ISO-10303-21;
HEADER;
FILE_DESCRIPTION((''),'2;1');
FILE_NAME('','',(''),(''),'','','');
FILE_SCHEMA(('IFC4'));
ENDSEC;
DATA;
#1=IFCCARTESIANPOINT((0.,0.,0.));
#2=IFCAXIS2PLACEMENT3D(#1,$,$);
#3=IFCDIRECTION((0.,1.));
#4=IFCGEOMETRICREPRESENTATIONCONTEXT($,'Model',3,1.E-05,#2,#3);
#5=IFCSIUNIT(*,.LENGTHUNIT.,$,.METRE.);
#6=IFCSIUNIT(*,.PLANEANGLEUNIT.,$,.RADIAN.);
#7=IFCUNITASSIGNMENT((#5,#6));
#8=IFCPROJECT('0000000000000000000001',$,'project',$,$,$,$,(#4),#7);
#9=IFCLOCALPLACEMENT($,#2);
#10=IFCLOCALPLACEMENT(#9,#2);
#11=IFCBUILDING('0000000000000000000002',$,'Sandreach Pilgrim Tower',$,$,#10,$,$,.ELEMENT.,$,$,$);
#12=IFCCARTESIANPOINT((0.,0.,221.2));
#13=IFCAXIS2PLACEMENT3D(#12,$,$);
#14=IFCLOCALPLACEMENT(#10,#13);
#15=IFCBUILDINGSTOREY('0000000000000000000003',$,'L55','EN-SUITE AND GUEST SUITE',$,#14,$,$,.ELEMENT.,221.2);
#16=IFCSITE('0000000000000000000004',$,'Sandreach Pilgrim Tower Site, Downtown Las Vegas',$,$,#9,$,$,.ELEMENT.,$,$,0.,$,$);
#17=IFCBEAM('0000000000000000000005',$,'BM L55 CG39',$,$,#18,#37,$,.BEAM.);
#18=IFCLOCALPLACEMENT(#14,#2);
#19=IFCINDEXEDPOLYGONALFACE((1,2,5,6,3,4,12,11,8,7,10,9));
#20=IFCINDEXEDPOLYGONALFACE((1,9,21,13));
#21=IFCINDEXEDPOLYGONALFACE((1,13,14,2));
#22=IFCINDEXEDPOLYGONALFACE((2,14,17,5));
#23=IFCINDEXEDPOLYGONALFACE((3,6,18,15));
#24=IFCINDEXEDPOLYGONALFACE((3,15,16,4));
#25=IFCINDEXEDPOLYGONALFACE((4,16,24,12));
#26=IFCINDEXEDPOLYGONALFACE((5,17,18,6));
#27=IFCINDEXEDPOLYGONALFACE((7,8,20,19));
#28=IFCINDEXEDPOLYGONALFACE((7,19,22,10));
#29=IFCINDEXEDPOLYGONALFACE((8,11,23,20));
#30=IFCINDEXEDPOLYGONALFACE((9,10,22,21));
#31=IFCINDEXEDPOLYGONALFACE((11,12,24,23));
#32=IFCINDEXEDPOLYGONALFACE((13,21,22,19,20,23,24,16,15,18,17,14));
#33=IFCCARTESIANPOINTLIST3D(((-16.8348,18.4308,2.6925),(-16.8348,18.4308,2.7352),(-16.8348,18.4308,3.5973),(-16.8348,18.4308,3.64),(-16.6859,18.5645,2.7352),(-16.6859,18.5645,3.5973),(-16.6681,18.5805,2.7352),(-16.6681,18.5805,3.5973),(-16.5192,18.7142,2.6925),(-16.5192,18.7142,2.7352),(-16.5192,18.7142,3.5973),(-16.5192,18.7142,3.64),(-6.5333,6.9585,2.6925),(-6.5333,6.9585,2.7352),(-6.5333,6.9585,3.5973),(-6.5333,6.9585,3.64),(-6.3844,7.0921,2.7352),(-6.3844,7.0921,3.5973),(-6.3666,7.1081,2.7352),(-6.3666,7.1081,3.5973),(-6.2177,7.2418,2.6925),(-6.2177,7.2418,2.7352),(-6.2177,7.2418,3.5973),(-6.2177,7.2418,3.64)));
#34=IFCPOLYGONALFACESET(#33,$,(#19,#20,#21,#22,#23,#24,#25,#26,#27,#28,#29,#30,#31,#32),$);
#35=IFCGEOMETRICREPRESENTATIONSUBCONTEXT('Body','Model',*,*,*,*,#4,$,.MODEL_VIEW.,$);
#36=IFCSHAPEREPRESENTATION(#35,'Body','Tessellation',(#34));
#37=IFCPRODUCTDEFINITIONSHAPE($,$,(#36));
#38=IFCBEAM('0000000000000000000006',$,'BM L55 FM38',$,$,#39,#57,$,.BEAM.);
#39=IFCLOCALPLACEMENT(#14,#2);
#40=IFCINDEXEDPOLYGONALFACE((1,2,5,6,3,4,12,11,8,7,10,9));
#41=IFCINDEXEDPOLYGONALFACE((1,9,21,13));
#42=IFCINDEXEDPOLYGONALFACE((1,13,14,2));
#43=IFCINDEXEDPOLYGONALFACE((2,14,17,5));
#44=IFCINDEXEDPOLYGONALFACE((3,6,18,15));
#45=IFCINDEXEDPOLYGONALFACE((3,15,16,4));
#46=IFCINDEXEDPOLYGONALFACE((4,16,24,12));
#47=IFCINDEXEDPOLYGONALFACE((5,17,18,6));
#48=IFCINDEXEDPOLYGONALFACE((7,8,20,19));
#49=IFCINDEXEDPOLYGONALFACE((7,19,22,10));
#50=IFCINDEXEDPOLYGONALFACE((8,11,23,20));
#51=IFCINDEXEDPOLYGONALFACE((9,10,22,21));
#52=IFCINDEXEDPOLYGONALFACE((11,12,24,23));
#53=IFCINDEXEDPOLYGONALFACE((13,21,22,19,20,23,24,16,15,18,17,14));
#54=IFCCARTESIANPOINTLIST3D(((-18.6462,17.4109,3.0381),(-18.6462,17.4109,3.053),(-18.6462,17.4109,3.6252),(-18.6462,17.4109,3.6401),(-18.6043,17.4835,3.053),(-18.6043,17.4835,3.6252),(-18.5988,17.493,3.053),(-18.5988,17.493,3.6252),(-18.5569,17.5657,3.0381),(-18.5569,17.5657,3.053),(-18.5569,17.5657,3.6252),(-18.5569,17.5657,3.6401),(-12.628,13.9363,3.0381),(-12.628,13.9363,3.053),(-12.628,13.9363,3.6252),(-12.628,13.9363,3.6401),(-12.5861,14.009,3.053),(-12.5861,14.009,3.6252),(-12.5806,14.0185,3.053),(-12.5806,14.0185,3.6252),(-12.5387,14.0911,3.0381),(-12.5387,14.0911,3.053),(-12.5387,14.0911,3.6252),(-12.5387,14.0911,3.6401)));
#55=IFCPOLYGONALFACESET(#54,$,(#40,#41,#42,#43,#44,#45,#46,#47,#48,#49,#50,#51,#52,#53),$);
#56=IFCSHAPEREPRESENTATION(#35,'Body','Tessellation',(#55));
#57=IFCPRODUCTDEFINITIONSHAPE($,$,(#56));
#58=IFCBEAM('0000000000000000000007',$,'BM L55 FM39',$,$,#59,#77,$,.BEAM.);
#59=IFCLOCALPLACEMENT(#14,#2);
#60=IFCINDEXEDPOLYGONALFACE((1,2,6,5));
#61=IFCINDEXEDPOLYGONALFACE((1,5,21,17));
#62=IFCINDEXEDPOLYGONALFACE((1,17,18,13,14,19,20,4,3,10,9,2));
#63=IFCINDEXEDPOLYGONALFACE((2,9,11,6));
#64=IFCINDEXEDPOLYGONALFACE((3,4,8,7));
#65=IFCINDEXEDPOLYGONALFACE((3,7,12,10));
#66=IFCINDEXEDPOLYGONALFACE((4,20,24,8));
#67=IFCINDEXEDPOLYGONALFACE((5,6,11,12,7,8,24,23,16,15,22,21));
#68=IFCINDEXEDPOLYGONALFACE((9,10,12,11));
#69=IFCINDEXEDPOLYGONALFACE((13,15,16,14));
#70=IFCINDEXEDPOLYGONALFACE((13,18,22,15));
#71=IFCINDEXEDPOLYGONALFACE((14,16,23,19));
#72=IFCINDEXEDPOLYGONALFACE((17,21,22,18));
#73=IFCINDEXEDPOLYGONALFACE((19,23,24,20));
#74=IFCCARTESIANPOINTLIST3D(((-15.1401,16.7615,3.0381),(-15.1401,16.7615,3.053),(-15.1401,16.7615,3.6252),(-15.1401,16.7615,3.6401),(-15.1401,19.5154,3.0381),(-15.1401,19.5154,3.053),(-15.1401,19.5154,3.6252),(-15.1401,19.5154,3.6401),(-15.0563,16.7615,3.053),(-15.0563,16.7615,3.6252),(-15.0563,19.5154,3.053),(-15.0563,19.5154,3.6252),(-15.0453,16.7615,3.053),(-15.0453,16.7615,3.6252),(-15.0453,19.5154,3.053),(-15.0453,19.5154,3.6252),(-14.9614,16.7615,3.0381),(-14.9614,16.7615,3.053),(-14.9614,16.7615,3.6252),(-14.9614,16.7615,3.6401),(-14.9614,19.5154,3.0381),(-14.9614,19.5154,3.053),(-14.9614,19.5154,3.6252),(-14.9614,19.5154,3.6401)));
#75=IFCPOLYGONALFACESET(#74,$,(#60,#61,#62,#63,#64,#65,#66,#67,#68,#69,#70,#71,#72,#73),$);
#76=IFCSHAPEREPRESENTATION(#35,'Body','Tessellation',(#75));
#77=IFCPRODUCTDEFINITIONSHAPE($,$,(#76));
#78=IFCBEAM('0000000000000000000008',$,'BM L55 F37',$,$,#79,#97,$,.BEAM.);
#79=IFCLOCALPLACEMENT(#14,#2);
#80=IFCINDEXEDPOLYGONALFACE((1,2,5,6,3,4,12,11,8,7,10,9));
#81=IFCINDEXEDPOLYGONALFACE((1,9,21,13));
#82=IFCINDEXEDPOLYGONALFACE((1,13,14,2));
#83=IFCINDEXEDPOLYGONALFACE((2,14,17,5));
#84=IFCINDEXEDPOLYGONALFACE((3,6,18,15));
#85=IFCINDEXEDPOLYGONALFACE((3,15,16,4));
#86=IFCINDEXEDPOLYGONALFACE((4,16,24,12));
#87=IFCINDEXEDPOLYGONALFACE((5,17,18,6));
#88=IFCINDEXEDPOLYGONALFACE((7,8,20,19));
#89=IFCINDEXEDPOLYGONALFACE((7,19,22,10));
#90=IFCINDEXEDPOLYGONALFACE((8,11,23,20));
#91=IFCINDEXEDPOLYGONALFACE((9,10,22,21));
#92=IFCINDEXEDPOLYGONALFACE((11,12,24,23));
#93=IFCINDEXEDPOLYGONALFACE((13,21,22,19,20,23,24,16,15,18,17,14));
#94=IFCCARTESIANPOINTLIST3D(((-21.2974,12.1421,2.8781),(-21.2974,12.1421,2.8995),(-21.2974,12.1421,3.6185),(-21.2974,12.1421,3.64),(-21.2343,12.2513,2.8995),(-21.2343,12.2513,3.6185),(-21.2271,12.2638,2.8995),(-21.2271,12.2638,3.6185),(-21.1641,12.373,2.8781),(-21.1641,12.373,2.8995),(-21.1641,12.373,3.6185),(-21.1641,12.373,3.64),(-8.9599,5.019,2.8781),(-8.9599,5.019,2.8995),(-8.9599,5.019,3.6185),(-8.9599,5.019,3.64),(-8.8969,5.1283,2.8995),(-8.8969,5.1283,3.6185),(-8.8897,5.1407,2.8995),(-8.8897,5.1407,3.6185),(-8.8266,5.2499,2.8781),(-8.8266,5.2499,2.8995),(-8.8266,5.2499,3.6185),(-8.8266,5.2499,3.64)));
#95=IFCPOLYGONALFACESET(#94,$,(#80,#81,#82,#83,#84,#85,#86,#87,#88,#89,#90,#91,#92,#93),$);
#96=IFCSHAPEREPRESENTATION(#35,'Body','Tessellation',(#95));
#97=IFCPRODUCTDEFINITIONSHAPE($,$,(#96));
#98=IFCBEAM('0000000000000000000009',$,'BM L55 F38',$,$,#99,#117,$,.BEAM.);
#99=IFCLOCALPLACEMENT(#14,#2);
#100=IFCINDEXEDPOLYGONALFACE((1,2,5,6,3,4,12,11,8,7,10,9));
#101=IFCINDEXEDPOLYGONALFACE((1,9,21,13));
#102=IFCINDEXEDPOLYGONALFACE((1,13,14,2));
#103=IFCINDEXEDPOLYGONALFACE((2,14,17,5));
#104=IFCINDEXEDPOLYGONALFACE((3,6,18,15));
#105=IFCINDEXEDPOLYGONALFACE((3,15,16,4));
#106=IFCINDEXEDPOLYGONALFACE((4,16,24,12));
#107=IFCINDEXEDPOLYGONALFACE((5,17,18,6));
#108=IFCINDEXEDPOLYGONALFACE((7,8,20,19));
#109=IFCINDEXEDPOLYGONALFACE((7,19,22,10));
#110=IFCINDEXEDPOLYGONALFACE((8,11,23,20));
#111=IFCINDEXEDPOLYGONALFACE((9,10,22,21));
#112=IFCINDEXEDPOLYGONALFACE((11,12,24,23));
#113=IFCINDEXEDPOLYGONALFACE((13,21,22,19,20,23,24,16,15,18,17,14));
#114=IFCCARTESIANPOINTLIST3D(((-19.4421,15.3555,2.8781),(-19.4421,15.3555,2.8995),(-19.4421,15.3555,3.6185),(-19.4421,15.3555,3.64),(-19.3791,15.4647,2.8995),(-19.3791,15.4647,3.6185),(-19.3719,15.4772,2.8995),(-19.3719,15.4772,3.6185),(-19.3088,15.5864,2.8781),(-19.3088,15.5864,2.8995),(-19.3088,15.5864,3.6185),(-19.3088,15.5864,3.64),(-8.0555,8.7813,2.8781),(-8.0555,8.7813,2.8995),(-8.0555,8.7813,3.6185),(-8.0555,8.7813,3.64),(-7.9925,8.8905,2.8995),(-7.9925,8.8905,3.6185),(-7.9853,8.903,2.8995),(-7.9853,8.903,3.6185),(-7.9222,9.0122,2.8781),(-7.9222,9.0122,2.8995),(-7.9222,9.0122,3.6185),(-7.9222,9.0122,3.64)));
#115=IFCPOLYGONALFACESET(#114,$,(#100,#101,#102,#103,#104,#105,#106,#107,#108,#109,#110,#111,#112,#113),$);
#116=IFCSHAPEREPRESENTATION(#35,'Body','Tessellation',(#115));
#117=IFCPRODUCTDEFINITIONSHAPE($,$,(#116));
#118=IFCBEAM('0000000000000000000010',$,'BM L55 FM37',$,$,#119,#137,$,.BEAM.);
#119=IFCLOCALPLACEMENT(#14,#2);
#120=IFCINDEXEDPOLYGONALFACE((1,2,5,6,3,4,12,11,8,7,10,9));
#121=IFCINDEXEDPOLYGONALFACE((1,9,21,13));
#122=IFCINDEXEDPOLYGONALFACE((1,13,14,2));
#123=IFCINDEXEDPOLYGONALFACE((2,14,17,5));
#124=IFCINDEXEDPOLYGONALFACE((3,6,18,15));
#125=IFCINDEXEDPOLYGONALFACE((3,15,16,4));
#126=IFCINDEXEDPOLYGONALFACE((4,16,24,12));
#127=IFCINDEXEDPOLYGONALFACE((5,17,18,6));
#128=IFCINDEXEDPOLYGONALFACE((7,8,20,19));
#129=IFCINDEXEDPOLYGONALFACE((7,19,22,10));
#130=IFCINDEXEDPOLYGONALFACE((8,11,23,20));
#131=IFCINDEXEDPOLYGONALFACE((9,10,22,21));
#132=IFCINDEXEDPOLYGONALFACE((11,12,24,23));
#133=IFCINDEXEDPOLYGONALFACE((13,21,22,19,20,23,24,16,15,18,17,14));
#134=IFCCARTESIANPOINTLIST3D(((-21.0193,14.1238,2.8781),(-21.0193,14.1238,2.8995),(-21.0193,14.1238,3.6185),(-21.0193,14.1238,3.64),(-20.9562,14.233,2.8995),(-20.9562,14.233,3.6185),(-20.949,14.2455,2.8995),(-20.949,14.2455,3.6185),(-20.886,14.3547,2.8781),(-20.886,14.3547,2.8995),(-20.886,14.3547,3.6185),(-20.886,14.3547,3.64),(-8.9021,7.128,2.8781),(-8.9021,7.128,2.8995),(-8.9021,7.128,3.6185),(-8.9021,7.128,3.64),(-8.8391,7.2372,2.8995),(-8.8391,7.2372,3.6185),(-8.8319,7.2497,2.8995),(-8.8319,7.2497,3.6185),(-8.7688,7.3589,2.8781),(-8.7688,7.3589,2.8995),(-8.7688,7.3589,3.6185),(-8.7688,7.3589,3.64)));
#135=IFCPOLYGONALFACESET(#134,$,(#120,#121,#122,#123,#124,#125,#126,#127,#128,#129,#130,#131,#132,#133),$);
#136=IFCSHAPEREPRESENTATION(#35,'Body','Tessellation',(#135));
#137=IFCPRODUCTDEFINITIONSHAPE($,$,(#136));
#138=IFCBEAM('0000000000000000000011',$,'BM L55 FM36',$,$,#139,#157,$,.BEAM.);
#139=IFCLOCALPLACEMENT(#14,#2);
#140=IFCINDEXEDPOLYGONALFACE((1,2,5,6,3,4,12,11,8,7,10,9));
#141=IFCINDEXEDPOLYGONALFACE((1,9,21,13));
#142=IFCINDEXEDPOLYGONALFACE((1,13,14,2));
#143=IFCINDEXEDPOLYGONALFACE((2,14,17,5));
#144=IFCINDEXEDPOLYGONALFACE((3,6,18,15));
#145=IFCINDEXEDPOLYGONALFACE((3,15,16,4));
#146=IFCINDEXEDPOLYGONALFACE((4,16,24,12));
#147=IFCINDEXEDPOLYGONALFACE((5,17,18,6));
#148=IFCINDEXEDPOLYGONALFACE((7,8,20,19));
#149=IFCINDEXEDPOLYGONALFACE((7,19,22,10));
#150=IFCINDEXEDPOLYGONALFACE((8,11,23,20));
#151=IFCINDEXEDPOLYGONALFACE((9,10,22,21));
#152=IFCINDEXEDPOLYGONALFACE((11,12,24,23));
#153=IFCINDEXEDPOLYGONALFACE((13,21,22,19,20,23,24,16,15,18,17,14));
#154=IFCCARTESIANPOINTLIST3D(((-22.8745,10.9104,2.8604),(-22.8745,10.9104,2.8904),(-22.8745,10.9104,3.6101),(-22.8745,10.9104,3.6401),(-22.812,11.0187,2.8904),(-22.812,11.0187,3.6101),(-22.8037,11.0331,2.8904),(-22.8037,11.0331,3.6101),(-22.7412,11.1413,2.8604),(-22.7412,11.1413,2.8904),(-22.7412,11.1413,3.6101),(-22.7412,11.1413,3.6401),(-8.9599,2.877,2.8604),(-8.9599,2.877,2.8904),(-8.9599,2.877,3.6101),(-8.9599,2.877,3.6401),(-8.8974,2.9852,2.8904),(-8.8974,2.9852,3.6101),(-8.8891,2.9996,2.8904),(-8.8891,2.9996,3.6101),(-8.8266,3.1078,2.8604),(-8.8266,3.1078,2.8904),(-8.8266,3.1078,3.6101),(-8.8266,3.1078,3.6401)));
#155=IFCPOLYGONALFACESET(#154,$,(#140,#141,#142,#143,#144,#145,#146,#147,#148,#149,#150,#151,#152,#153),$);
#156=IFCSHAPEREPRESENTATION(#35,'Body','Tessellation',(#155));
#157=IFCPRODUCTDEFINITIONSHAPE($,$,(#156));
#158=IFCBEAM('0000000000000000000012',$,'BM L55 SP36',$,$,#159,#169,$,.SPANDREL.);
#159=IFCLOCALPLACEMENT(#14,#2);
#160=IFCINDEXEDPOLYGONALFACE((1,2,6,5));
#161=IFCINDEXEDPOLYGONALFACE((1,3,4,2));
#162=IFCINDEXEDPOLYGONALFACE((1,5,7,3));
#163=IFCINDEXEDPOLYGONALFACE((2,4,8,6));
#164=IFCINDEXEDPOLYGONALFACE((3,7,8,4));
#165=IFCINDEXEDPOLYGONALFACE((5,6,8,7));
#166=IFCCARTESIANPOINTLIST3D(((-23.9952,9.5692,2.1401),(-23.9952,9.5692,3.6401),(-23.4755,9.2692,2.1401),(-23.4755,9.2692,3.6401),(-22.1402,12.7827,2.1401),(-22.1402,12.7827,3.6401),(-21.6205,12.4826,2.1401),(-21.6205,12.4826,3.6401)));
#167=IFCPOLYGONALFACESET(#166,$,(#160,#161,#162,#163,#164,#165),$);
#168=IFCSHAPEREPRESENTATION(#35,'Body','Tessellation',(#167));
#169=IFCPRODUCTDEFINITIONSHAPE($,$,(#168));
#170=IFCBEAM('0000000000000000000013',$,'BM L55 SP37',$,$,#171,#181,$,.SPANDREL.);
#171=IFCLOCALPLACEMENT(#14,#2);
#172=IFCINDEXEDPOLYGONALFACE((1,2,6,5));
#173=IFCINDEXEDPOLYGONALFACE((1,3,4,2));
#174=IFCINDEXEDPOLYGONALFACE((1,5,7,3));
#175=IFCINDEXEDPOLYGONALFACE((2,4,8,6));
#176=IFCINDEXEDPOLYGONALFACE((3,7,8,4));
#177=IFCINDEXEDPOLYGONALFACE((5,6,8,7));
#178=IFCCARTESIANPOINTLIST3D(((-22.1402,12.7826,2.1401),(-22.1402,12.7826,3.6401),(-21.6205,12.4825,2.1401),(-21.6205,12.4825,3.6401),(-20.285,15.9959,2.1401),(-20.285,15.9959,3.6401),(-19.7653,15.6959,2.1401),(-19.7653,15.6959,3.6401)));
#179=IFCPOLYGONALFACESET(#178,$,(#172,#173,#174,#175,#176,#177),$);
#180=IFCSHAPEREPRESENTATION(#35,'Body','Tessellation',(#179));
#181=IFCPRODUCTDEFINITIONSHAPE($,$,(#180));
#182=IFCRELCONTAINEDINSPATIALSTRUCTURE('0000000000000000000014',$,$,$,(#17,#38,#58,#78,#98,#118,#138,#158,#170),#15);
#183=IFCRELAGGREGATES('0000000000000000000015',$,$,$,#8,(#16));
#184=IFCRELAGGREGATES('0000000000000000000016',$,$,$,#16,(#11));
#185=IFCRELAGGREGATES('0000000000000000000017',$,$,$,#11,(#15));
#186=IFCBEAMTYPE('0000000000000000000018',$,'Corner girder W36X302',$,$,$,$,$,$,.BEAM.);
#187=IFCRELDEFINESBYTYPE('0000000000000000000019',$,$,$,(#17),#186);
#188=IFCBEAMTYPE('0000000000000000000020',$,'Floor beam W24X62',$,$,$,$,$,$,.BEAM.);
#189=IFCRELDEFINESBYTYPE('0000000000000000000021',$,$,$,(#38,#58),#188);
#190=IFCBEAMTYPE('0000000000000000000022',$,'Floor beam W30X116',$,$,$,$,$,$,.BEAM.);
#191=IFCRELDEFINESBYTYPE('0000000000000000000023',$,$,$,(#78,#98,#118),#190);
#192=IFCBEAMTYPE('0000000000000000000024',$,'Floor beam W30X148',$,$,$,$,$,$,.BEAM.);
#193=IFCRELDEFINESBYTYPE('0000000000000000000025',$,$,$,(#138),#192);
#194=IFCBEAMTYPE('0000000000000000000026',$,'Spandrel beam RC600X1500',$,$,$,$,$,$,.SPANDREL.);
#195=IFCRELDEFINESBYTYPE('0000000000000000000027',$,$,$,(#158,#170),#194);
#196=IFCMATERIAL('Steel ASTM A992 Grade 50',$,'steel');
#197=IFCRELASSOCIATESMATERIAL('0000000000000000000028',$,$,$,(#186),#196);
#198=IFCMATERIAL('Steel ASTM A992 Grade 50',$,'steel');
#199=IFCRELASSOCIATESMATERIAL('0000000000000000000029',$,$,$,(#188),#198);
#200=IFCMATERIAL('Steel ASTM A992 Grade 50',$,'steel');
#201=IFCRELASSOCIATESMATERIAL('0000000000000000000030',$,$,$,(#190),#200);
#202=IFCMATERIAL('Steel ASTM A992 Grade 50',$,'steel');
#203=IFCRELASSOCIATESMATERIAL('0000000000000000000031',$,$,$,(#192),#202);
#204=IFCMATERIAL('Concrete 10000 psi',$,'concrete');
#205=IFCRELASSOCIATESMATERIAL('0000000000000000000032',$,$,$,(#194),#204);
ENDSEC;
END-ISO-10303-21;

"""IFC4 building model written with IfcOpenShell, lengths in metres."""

from ifc_helpers import new_model, si_unit, direction, frame, origin, origin_2d, place, context, subcontext, project, spatial, rectangle, i_section, extrude, material, material_profile, profile_set, type_object, element, save


model = new_model("IFC4")

# Units and contexts
model_context = context("Model", 3, precision=1e-05, world=origin(), true_north=direction((0.0, 1.0)))
body_context = subcontext(model_context, "Body", "Model", "MODEL_VIEW")
ifc_project = project(units=[si_unit("LENGTHUNIT", "METRE"), si_unit("PLANEANGLEUNIT", "RADIAN")], contexts=[model_context])

# Site, building, storey
site_placement = place(None, origin())
site = spatial("IfcSite", under=ifc_project, at=site_placement, Name="Sandreach Pilgrim Tower Site, Downtown Las Vegas", CompositionType="ELEMENT", RefElevation=0.0)
building_placement = place(site_placement, origin())
building = spatial("IfcBuilding", under=site, at=building_placement, Name="Sandreach Pilgrim Tower", CompositionType="ELEMENT")
storey_placement = place(building_placement, frame((0.0, 0.0, 221.2)))
storey = spatial("IfcBuildingStorey", under=building, at=storey_placement, Name="L55", Description="EN-SUITE AND GUEST SUITE", CompositionType="ELEMENT", Elevation=221.2)

# Beams
ifc_material_1 = material(Name="Steel ASTM A992 Grade 50", Category="steel")
ifc_material_profile_1 = material_profile(ifc_material_1, i_section(OverallWidth=0.4241, OverallDepth=0.9475, WebThickness=0.0239, FlangeThickness=0.0427, at=origin_2d()), Name="W36X302")
ifc_profile_set_1 = profile_set([ifc_material_profile_1], Name="Steel ASTM A992 Grade 50")
beam_type_1 = type_object("IfcBeamType", Name="Corner girder W36X302", PredefinedType="BEAM", material=ifc_profile_set_1)
beam_1_placement = place(storey_placement, frame((-16.677, 18.5725, 3.1663), z_axis=(0.668117, -0.744057, 0.0), x_axis=(0.744057, 0.668117, 0.0)))
element("IfcBeam", 1, at=beam_1_placement, inside=storey, type_object=beam_type_1, Name="BM L55 CG39", PredefinedType="BEAM", context=body_context, shape_type="SweptSolid", body=[
    extrude(i_section(OverallWidth=0.4241, OverallDepth=0.9475, WebThickness=0.0239, FlangeThickness=0.0427, at=origin_2d()), origin(), (0.0, 0.0, 1.0), 15.4187),
])
ifc_material_2 = material(Name="Steel ASTM A992 Grade 50", Category="steel")
ifc_material_profile_2 = material_profile(ifc_material_2, i_section(OverallWidth=0.1787, OverallDepth=0.6021, WebThickness=0.011, FlangeThickness=0.0149, at=origin_2d()), Name="W24X62")
ifc_profile_set_2 = profile_set([ifc_material_profile_2], Name="Steel ASTM A992 Grade 50")
beam_type_2 = type_object("IfcBeamType", Name="Floor beam W24X62", PredefinedType="BEAM", material=ifc_profile_set_2)
beam_2_placement = place(storey_placement, frame((-18.6016, 17.4883, 3.3391), z_axis=(0.866029, -0.499993, 0.0), x_axis=(0.499993, 0.866029, 0.0)))
element("IfcBeam", 2, at=beam_2_placement, inside=storey, type_object=beam_type_2, Name="BM L55 FM38", PredefinedType="BEAM", context=body_context, shape_type="SweptSolid", body=[
    extrude(i_section(OverallWidth=0.1787, OverallDepth=0.6021, WebThickness=0.011, FlangeThickness=0.0149, at=origin_2d()), origin(), (0.0, 0.0, 1.0), 6.9492),
])
beam_3_placement = place(storey_placement, frame((-15.0508, 19.5154, 3.3391), z_axis=(0.0, -1.0, 0.0), x_axis=(1.0, 0.0, 0.0)))
element("IfcBeam", 3, at=beam_3_placement, inside=storey, type_object=beam_type_2, Name="BM L55 FM39", PredefinedType="BEAM", context=body_context, shape_type="SweptSolid", body=[
    extrude(i_section(OverallWidth=0.1787, OverallDepth=0.6021, WebThickness=0.011, FlangeThickness=0.0149, at=origin_2d()), origin(), (0.0, 0.0, 1.0), 2.7539),
])
ifc_material_3 = material(Name="Steel ASTM A992 Grade 50", Category="steel")
ifc_material_profile_3 = material_profile(ifc_material_3, i_section(OverallWidth=0.2666, OverallDepth=0.762, WebThickness=0.0144, FlangeThickness=0.0215, at=origin_2d()), Name="W30X116")
ifc_profile_set_3 = profile_set([ifc_material_profile_3], Name="Steel ASTM A992 Grade 50")
beam_type_3 = type_object("IfcBeamType", Name="Floor beam W30X116", PredefinedType="BEAM", material=ifc_profile_set_3)
beam_4_placement = place(storey_placement, frame((-21.2307, 12.2576, 3.259), z_axis=(0.866024, -0.500002, 0.0), x_axis=(0.500002, 0.866024, 0.0)))
element("IfcBeam", 4, at=beam_4_placement, inside=storey, type_object=beam_type_3, Name="BM L55 F37", PredefinedType="BEAM", context=body_context, shape_type="SweptSolid", body=[
    extrude(i_section(OverallWidth=0.2666, OverallDepth=0.762, WebThickness=0.0144, FlangeThickness=0.0215, at=origin_2d()), origin(), (0.0, 0.0, 1.0), 14.2461),
])
beam_5_placement = place(storey_placement, frame((-19.3755, 15.4709, 3.259), z_axis=(0.866022, -0.500005, 0.0), x_axis=(0.500005, 0.866022, 0.0)))
element("IfcBeam", 5, at=beam_5_placement, inside=storey, type_object=beam_type_3, Name="BM L55 F38", PredefinedType="BEAM", context=body_context, shape_type="SweptSolid", body=[
    extrude(i_section(OverallWidth=0.2666, OverallDepth=0.762, WebThickness=0.0144, FlangeThickness=0.0215, at=origin_2d()), origin(), (0.0, 0.0, 1.0), 13.1482),
])
beam_6_placement = place(storey_placement, frame((-20.9526, 14.2393, 3.259), z_axis=(0.866026, -0.499999, 0.0), x_axis=(0.499999, 0.866026, 0.0)))
element("IfcBeam", 6, at=beam_6_placement, inside=storey, type_object=beam_type_3, Name="BM L55 FM37", PredefinedType="BEAM", context=body_context, shape_type="SweptSolid", body=[
    extrude(i_section(OverallWidth=0.2666, OverallDepth=0.762, WebThickness=0.0144, FlangeThickness=0.0215, at=origin_2d()), origin(), (0.0, 0.0, 1.0), 13.9917),
])
ifc_material_4 = material(Name="Steel ASTM A992 Grade 50", Category="steel")
ifc_material_profile_4 = material_profile(ifc_material_4, i_section(OverallWidth=0.2666, OverallDepth=0.7798, WebThickness=0.0166, FlangeThickness=0.03, at=origin_2d()), Name="W30X148")
ifc_profile_set_4 = profile_set([ifc_material_profile_4], Name="Steel ASTM A992 Grade 50")
beam_type_4 = type_object("IfcBeamType", Name="Floor beam W30X148", PredefinedType="BEAM", material=ifc_profile_set_4)
beam_7_placement = place(storey_placement, frame((-22.8079, 11.0259, 3.2502), z_axis=(0.866029, -0.499994, 0.0), x_axis=(0.499994, 0.866029, 0.0)))
element("IfcBeam", 7, at=beam_7_placement, inside=storey, type_object=beam_type_4, Name="BM L55 FM36", PredefinedType="BEAM", context=body_context, shape_type="SweptSolid", body=[
    extrude(i_section(OverallWidth=0.2666, OverallDepth=0.7798, WebThickness=0.0166, FlangeThickness=0.03, at=origin_2d()), origin(), (0.0, 0.0, 1.0), 16.0671),
])
ifc_material_5 = material(Name="Concrete 10000 psi", Category="concrete")
ifc_material_profile_5 = material_profile(ifc_material_5, rectangle(XDim=0.6001, YDim=1.5, at=origin_2d()), Name="RC600X1500")
ifc_profile_set_5 = profile_set([ifc_material_profile_5], Name="Concrete 10000 psi")
beam_type_5 = type_object("IfcBeamType", Name="Spandrel beam RC600X1500", PredefinedType="SPANDREL", material=ifc_profile_set_5)
for number, where, z_axis, x_axis, name in (
    (8, (-23.7354, 9.4192, 2.8901), (0.499946, 0.866056, 0.0), (-0.866056, 0.499946, 0.0), "BM L55 SP36"),
    (9, (-21.8804, 12.6326, 2.8901), (0.499996, 0.866028, 0.0), (-0.866028, 0.499996, 0.0), "BM L55 SP37"),
):
    element("IfcBeam", number, at=place(storey_placement, frame(where, z_axis=z_axis, x_axis=x_axis)), inside=storey, type_object=beam_type_5, Name=name, PredefinedType="SPANDREL", context=body_context, shape_type="SweptSolid", body=[
        extrude(rectangle(XDim=0.6001, YDim=1.5, at=origin_2d()), origin(), (0.0, 0.0, 1.0), 3.7104),
    ])

save(model, "model.ifc")
